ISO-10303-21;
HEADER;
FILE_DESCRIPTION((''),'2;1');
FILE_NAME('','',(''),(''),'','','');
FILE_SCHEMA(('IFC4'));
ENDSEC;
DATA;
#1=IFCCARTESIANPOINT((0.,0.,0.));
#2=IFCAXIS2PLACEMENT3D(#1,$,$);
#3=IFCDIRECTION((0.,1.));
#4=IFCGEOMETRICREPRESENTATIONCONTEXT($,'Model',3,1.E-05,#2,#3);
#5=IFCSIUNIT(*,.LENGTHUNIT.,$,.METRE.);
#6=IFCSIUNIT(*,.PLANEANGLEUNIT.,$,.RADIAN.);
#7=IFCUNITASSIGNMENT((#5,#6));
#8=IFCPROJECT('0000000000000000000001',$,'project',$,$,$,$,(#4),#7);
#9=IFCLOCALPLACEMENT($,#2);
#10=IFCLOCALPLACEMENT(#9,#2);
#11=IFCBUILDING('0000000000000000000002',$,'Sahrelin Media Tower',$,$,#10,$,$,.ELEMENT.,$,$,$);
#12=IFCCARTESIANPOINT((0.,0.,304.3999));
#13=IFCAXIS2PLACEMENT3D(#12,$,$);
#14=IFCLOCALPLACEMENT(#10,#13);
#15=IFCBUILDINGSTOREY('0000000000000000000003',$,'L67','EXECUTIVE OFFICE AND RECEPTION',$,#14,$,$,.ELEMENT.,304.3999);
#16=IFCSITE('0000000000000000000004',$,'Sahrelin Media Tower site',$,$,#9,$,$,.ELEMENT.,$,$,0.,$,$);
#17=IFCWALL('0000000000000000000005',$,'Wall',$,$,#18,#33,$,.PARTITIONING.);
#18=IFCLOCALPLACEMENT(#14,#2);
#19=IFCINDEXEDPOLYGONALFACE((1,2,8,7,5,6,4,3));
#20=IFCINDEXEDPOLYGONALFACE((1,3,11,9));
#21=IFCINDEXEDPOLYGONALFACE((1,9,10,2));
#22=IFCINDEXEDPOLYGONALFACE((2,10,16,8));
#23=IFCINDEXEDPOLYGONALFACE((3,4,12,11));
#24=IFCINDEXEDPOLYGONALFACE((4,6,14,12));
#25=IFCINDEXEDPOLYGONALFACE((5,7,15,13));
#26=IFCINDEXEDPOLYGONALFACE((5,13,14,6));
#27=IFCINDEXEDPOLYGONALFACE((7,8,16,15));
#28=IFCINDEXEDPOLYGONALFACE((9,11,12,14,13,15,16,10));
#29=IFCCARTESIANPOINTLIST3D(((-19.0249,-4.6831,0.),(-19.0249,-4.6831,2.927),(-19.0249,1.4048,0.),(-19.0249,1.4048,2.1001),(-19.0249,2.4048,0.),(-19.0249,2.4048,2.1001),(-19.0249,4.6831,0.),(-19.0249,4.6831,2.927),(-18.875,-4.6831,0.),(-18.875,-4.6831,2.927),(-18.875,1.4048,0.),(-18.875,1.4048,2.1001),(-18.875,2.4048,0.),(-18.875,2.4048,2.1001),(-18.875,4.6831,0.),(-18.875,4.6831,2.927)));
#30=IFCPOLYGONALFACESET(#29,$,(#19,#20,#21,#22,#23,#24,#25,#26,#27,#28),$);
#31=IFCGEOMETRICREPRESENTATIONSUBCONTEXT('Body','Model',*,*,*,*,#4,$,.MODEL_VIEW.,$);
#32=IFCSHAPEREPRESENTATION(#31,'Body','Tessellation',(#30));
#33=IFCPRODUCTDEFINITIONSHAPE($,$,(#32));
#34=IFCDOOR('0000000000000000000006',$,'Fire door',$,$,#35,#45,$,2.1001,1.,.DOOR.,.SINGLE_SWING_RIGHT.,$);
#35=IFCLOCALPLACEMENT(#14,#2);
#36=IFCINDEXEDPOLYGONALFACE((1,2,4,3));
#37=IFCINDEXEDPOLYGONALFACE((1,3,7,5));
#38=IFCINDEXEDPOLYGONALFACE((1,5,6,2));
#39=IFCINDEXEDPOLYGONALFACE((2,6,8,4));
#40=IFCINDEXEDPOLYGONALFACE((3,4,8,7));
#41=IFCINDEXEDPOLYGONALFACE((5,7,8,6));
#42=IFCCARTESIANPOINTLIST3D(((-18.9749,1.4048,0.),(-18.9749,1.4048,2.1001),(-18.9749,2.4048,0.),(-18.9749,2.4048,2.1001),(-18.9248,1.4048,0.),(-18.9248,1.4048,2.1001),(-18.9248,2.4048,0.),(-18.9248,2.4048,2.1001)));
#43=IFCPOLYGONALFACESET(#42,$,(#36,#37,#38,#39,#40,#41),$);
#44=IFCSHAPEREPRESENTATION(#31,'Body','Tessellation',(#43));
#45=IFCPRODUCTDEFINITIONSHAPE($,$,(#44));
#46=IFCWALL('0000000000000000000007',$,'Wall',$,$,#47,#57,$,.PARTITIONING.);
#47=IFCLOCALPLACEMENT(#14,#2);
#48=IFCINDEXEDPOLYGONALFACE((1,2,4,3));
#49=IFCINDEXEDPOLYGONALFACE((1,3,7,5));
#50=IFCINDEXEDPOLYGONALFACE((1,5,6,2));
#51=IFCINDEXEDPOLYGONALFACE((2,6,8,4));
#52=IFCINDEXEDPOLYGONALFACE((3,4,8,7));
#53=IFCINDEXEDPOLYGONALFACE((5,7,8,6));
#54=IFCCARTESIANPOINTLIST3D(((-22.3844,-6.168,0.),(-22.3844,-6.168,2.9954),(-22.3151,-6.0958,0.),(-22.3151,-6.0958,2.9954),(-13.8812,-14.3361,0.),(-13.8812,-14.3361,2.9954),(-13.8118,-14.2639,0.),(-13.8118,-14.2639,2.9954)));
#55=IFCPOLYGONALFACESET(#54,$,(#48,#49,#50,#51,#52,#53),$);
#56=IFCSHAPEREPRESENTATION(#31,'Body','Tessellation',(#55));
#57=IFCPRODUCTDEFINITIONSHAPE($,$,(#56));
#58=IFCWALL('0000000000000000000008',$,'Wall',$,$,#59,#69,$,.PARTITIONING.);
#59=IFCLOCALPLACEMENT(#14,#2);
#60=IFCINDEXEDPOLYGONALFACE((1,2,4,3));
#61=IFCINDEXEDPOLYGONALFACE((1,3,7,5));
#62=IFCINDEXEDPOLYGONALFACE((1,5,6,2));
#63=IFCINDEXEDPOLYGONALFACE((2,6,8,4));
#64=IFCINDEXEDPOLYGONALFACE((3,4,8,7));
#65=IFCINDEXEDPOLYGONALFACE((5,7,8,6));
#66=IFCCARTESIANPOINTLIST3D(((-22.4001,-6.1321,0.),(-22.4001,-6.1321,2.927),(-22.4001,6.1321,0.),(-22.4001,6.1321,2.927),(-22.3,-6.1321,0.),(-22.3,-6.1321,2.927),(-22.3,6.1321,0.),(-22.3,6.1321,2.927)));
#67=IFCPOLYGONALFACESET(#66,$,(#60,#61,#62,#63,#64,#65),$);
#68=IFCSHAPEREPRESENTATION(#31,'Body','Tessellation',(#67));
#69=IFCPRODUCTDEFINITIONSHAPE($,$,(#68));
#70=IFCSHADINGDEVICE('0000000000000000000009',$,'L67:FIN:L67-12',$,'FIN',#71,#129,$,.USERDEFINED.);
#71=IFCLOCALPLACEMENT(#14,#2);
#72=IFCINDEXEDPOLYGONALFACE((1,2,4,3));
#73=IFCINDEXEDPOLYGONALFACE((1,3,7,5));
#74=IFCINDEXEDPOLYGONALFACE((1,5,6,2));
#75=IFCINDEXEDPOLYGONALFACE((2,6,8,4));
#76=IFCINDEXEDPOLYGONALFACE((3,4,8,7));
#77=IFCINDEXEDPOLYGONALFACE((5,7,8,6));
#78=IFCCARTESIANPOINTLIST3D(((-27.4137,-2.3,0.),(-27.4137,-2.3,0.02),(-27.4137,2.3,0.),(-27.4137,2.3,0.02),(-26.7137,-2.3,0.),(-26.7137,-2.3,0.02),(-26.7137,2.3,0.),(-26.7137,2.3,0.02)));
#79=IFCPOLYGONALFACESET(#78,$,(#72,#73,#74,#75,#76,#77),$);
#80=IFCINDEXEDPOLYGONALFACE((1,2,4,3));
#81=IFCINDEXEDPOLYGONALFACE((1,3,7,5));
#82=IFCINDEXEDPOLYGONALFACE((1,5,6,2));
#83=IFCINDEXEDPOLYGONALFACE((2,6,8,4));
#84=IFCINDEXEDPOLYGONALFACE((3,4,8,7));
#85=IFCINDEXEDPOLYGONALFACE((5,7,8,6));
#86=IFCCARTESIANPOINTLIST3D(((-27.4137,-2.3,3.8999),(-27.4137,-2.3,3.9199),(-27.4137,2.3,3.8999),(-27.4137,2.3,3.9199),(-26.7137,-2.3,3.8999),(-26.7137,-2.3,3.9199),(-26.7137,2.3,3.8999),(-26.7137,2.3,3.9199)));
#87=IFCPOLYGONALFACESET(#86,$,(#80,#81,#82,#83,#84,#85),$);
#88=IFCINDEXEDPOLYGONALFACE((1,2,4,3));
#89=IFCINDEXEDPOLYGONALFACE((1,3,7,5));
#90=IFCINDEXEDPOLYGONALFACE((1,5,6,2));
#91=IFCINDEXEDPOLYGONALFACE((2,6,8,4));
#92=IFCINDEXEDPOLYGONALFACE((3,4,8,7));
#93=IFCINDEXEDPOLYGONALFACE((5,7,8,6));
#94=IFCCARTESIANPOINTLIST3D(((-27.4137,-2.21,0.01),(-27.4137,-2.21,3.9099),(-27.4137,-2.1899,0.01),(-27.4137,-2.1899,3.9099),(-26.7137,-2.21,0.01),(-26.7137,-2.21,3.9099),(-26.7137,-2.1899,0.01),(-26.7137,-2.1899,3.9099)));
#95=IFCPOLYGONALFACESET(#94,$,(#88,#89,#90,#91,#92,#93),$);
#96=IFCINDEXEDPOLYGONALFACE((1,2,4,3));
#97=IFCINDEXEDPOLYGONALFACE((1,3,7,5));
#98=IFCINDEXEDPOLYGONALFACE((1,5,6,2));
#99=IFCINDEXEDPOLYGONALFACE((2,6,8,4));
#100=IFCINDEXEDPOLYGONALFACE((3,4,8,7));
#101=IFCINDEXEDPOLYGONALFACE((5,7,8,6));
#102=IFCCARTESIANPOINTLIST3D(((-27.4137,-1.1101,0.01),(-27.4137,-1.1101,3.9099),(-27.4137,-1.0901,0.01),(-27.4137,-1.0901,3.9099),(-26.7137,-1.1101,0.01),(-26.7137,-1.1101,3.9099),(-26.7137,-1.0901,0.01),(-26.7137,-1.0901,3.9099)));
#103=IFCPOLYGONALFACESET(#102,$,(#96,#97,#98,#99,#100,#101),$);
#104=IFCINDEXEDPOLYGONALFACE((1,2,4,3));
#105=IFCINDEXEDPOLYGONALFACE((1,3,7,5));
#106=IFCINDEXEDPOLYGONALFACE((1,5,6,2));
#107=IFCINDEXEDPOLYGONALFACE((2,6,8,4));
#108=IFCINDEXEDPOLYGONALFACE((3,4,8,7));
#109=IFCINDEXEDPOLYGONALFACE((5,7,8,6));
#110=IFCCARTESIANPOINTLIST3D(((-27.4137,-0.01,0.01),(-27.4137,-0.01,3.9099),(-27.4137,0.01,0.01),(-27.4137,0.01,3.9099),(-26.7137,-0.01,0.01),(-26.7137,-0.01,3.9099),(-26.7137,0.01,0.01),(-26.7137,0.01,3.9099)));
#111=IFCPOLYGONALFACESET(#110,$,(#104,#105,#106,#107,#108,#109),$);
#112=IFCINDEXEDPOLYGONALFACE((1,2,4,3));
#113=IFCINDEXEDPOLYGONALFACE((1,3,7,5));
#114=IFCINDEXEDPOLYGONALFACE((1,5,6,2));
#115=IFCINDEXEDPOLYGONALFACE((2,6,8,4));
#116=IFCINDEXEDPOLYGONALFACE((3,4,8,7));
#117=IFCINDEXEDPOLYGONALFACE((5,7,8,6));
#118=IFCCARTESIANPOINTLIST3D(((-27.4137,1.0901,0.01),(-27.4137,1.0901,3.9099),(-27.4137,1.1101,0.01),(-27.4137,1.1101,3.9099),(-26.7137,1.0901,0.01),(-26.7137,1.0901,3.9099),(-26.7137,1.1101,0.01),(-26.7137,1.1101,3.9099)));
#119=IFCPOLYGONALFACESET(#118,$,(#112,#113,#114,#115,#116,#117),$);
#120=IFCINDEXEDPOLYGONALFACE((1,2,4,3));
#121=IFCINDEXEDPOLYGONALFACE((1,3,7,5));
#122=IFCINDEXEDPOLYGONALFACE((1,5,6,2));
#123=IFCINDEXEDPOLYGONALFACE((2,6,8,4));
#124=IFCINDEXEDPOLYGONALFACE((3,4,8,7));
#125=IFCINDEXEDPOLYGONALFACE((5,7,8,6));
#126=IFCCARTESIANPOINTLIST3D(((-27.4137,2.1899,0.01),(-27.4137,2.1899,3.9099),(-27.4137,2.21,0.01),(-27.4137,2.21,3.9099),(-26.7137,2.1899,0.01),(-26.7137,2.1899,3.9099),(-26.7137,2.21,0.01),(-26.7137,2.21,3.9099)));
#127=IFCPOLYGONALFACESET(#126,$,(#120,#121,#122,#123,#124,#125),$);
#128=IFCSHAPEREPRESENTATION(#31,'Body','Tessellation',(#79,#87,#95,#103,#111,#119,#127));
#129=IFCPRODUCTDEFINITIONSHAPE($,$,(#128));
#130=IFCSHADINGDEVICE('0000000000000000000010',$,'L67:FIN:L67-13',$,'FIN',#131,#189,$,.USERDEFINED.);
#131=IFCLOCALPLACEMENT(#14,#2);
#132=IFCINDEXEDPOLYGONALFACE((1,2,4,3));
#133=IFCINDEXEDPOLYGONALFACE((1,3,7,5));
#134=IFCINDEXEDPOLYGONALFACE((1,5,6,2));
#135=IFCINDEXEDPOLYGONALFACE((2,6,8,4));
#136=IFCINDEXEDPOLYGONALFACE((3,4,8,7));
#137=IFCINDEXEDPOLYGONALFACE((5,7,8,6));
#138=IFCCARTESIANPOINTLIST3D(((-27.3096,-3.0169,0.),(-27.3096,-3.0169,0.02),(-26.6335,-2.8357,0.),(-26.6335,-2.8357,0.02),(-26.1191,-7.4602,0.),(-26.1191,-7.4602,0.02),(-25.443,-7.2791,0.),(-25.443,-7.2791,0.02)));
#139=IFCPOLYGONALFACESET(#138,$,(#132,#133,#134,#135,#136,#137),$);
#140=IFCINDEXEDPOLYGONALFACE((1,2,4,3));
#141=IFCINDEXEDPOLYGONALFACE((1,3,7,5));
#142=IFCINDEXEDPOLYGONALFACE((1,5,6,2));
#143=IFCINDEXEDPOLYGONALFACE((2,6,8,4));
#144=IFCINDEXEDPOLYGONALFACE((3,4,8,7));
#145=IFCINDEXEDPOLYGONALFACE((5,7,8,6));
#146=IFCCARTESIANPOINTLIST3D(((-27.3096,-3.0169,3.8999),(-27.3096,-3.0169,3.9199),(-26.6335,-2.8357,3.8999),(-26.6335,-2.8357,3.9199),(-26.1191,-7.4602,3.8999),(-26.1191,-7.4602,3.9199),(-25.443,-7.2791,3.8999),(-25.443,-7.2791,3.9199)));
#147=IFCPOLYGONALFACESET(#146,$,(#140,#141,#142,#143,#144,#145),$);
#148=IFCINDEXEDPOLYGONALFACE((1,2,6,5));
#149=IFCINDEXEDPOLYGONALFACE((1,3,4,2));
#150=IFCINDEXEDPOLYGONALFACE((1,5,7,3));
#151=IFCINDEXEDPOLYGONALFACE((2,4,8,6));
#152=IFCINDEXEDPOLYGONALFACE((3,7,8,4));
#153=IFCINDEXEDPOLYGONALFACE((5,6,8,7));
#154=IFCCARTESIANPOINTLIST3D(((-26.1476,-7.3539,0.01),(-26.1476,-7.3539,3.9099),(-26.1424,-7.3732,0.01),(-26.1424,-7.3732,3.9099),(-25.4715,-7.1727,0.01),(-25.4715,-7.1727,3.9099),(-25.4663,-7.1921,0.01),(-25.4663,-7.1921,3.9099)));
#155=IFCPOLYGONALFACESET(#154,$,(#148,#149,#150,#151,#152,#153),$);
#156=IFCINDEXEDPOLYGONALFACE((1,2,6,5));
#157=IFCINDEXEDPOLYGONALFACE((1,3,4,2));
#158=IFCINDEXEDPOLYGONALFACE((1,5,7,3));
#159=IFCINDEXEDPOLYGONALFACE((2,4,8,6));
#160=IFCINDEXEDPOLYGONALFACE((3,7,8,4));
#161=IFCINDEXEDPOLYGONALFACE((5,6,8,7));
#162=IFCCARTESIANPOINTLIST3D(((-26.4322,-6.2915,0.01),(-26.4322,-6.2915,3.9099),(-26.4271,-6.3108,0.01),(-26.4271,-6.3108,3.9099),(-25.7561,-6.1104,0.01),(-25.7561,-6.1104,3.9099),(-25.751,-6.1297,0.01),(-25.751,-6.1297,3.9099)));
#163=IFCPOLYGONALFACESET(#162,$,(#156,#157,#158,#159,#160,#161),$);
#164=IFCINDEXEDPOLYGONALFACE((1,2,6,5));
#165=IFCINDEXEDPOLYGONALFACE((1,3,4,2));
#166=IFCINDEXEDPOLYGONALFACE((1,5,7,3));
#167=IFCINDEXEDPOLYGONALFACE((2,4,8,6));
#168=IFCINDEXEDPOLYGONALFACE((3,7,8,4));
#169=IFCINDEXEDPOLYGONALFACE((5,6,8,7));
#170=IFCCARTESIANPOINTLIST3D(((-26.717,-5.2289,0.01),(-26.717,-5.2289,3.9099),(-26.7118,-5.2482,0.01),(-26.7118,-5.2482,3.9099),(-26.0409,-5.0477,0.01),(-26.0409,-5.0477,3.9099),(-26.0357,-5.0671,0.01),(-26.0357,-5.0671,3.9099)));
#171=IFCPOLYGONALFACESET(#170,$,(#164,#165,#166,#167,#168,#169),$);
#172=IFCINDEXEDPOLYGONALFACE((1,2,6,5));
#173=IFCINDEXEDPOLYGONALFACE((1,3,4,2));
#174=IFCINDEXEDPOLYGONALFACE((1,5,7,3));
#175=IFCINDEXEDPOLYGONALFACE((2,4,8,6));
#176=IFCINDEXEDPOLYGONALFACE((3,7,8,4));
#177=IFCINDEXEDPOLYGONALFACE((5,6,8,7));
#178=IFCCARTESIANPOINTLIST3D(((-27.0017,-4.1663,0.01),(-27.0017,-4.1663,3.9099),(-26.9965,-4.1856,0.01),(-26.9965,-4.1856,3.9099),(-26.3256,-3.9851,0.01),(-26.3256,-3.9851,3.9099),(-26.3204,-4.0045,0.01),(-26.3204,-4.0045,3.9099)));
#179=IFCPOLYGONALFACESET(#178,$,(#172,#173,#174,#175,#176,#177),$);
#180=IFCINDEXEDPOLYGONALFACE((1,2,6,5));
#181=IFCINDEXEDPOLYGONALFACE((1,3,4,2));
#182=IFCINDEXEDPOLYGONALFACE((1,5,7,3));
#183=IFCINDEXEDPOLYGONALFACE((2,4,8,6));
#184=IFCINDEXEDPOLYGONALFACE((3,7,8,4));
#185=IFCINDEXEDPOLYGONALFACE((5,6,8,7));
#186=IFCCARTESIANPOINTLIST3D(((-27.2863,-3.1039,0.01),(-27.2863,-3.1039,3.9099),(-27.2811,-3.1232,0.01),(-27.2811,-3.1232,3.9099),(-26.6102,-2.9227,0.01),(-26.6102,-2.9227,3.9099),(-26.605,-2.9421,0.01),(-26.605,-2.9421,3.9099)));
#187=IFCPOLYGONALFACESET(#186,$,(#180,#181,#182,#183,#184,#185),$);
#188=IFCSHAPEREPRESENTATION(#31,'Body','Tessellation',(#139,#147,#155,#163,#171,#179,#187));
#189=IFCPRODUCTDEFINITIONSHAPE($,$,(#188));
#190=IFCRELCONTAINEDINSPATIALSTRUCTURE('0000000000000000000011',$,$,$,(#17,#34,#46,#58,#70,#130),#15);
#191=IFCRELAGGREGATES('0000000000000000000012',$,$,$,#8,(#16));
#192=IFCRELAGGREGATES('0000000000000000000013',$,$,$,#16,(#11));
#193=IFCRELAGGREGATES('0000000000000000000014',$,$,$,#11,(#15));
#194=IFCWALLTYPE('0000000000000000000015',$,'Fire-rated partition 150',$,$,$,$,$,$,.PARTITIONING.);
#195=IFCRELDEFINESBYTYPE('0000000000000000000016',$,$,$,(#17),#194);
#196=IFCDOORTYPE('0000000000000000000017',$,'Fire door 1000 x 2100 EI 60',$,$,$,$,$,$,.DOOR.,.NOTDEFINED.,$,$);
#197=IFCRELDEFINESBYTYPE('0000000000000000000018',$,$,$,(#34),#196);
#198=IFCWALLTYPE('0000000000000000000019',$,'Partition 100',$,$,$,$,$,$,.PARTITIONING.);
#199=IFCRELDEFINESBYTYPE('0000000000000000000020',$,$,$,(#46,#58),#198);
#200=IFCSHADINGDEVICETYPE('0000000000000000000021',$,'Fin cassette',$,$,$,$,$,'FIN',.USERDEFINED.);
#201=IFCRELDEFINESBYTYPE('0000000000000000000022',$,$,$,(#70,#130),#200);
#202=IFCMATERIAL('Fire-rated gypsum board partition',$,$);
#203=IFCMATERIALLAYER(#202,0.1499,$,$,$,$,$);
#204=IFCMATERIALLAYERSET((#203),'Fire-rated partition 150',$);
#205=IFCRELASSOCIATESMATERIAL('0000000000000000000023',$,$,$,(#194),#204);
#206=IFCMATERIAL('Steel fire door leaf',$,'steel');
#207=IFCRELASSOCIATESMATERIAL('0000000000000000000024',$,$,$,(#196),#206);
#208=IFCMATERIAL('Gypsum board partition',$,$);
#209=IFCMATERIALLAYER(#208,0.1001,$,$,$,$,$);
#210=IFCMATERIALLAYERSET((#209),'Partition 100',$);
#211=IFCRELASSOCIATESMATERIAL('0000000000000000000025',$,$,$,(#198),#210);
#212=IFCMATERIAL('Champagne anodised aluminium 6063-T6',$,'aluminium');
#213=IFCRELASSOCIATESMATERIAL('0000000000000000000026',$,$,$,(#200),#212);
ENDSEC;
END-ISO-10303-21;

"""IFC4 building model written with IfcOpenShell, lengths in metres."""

from ifc_helpers import new_model, si_unit, direction, frame, frame_2d, origin, origin_2d, place, context, subcontext, project, spatial, rectangle, extrude, material, layer, layer_set, type_object, element, fill, save


model = new_model("IFC4")

# Units and contexts
model_context = context("Model", 3, precision=1e-05, world=origin(), true_north=direction((0.0, 1.0)))
body_context = subcontext(model_context, "Body", "Model", "MODEL_VIEW")
ifc_project = project(units=[si_unit("LENGTHUNIT", "METRE"), si_unit("PLANEANGLEUNIT", "RADIAN")], contexts=[model_context])

# Site, building, storey
site_placement = place(None, origin())
site = spatial("IfcSite", under=ifc_project, at=site_placement, Name="Sahrelin Media Tower site", CompositionType="ELEMENT", RefElevation=0.0)
building_placement = place(site_placement, origin())
building = spatial("IfcBuilding", under=site, at=building_placement, Name="Sahrelin Media Tower", CompositionType="ELEMENT")
storey_placement = place(building_placement, frame((0.0, 0.0, 304.3999)))
storey = spatial("IfcBuildingStorey", under=building, at=storey_placement, Name="L67", Description="EXECUTIVE OFFICE AND RECEPTION", CompositionType="ELEMENT", Elevation=304.3999)

# Shared definitions
ifc_material_1 = material(Name="Champagne anodised aluminium 6063-T6", Category="aluminium")

# Shared definitions
ifc_material_2 = material(Name="Fire-rated gypsum board partition")
ifc_layer_1 = layer(ifc_material_2, 0.1499)
ifc_layer_set_1 = layer_set([ifc_layer_1], Name="Fire-rated partition 150")
wall_type_1 = type_object("IfcWallType", Name="Fire-rated partition 150", PredefinedType="PARTITIONING", material=ifc_layer_set_1)

# Shared definitions
ifc_material_3 = material(Name="Steel fire door leaf", Category="steel")
door_type = type_object("IfcDoorType", Name="Fire door 1000 x 2100 EI 60", OperationType="NOTDEFINED", PredefinedType="DOOR", material=ifc_material_3)

# Wall, opening, door
wall_1_placement = place(storey_placement, frame((-18.95, -4.6831, 0.0), z_axis=(0.0, 0.0, 1.0), x_axis=(0.0, 1.0, 0.0)))
wall_1 = element("IfcWall", 1, at=wall_1_placement, inside=storey, type_object=wall_type_1, Name="Wall", PredefinedType="PARTITIONING", context=body_context, shape_type="SweptSolid", body=[
    extrude(rectangle(XDim=9.3662, YDim=0.1499, at=frame_2d((4.6831, 0.0))), origin(), (0.0, 0.0, 1.0), 2.927),
])
opening_1_placement = place(wall_1_placement, frame((6.0879, 0.0, 0.0)))
opening_1 = element("IfcOpeningElement", 2, at=opening_1_placement, cuts=wall_1, PredefinedType="OPENING", context=body_context, shape_type="SweptSolid", body=[
    extrude(rectangle(XDim=1.0, YDim=2.1001, at=frame_2d((0.5, 1.05))), frame((0.0, 0.075, 0.0), z_axis=(0.0, -1.0, 0.0), x_axis=(1.0, 0.0, 0.0)), (0.0, 0.0, 1.0), 0.1499),
])
door_1_placement = place(opening_1_placement, origin())
door_1 = element("IfcDoor", 3, at=door_1_placement, inside=storey, type_object=door_type, Name="Fire door", OperationType="SINGLE_SWING_RIGHT", OverallHeight=2.1001, OverallWidth=1.0, PredefinedType="DOOR", context=body_context, shape_type="SweptSolid", body=[
    extrude(rectangle(XDim=1.0, YDim=2.1001, at=frame_2d((0.5, 1.05))), frame((0.0, 0.0249, 0.0), z_axis=(0.0, -1.0, 0.0), x_axis=(1.0, 0.0, 0.0)), (0.0, 0.0, 1.0), 0.05),
])
fill(opening_1, door_1)

# Walls
ifc_material_4 = material(Name="Gypsum board partition")
ifc_layer_2 = layer(ifc_material_4, 0.1001)
ifc_layer_set_2 = layer_set([ifc_layer_2], Name="Partition 100")
wall_type_2 = type_object("IfcWallType", Name="Partition 100", PredefinedType="PARTITIONING", material=ifc_layer_set_2)
wall_2_placement = place(storey_placement, frame((-22.3499, -6.1318, 0.0), z_axis=(0.0, 0.0, 1.0), x_axis=(0.721179, -0.692749, 0.0)))
element("IfcWall", 4, at=wall_2_placement, inside=storey, type_object=wall_type_2, Name="Wall", PredefinedType="PARTITIONING", context=body_context, shape_type="SweptSolid", body=[
    extrude(rectangle(XDim=11.7908, YDim=0.1001, at=frame_2d((5.8955, 0.0))), origin(), (0.0, 0.0, 1.0), 2.9954),
])
wall_3_placement = place(storey_placement, frame((-22.3501, -6.1321, 0.0), z_axis=(0.0, 0.0, 1.0), x_axis=(0.0, 1.0, 0.0)))
element("IfcWall", 5, at=wall_3_placement, inside=storey, type_object=wall_type_2, Name="Wall", PredefinedType="PARTITIONING", context=body_context, shape_type="SweptSolid", body=[
    extrude(rectangle(XDim=12.2642, YDim=0.1001, at=frame_2d((6.1321, 0.0))), origin(), (0.0, 0.0, 1.0), 2.927),
])

# Shading devices
shading_device_type_1 = type_object("IfcShadingDeviceType", Name="Fin cassette", ElementType="FIN", PredefinedType="USERDEFINED", material=ifc_material_1)
placement_1 = place(storey_placement, frame((-26.6438, 0.0, 0.0), z_axis=(0.0, 0.0, 1.0), x_axis=(0.0, 1.0, 0.0)))
element("IfcShadingDevice", 6, at=placement_1, inside=storey, type_object=shading_device_type_1, Name="L67:FIN:L67-12", ObjectType="FIN", PredefinedType="USERDEFINED", context=body_context, shape_type="SweptSolid", body=[
    extrude(rectangle(XDim=4.6001, YDim=0.7, at=origin_2d()), frame((0.0, 0.4199, 0.0)), (0.0, 0.0, 1.0), 0.02),
    extrude(rectangle(XDim=4.6001, YDim=0.7, at=origin_2d()), frame((0.0, 0.4199, 3.8999)), (0.0, 0.0, 1.0), 0.02),
    extrude(rectangle(XDim=0.02, YDim=0.7, at=origin_2d()), frame((-2.2, 0.4199, 0.01), z_axis=(0.0, 0.0, 1.0), x_axis=(1.0, 0.0, 0.0)), (0.0, 0.0, 1.0), 3.8999),
    extrude(rectangle(XDim=0.02, YDim=0.7, at=origin_2d()), frame((-1.1001, 0.4199, 0.01), z_axis=(0.0, 0.0, 1.0), x_axis=(1.0, 0.0, 0.0)), (0.0, 0.0, 1.0), 3.8999),
    extrude(rectangle(XDim=0.02, YDim=0.7, at=origin_2d()), frame((0.0, 0.4199, 0.01), z_axis=(0.0, 0.0, 1.0), x_axis=(1.0, 0.0, 0.0)), (0.0, 0.0, 1.0), 3.8999),
    extrude(rectangle(XDim=0.02, YDim=0.7, at=origin_2d()), frame((1.1001, 0.4199, 0.01), z_axis=(0.0, 0.0, 1.0), x_axis=(1.0, 0.0, 0.0)), (0.0, 0.0, 1.0), 3.8999),
    extrude(rectangle(XDim=0.02, YDim=0.7, at=origin_2d()), frame((2.2, 0.4199, 0.01), z_axis=(0.0, 0.0, 1.0), x_axis=(1.0, 0.0, 0.0)), (0.0, 0.0, 1.0), 3.8999),
])
placement_2 = place(storey_placement, frame((-25.9707, -5.0393, 0.0), z_axis=(0.0, 0.0, 1.0), x_axis=(-0.258808, 0.965929, 0.0)))
element("IfcShadingDevice", 7, at=placement_2, inside=storey, type_object=shading_device_type_1, Name="L67:FIN:L67-13", ObjectType="FIN", PredefinedType="USERDEFINED", context=body_context, shape_type="SweptSolid", body=[
    extrude(rectangle(XDim=4.6001, YDim=0.7, at=origin_2d()), frame((0.0, 0.4199, 0.0)), (0.0, 0.0, 1.0), 0.02),
    extrude(rectangle(XDim=4.6001, YDim=0.7, at=origin_2d()), frame((0.0, 0.4199, 3.8999)), (0.0, 0.0, 1.0), 0.02),
    extrude(rectangle(XDim=0.02, YDim=0.7, at=origin_2d()), frame((-2.2, 0.4199, 0.01), z_axis=(0.0, 0.0, 1.0), x_axis=(1.0, 0.0, 0.0)), (0.0, 0.0, 1.0), 3.8999),
    extrude(rectangle(XDim=0.02, YDim=0.7, at=origin_2d()), frame((-1.1001, 0.4199, 0.01), z_axis=(0.0, 0.0, 1.0), x_axis=(1.0, 0.0, 0.0)), (0.0, 0.0, 1.0), 3.8999),
    extrude(rectangle(XDim=0.02, YDim=0.7, at=origin_2d()), frame((0.0, 0.4199, 0.01), z_axis=(0.0, 0.0, 1.0), x_axis=(1.0, 0.0, 0.0)), (0.0, 0.0, 1.0), 3.8999),
    extrude(rectangle(XDim=0.02, YDim=0.7, at=origin_2d()), frame((1.1001, 0.4199, 0.01), z_axis=(0.0, 0.0, 1.0), x_axis=(1.0, 0.0, 0.0)), (0.0, 0.0, 1.0), 3.8999),
    extrude(rectangle(XDim=0.02, YDim=0.7, at=origin_2d()), frame((2.2, 0.4199, 0.01), z_axis=(0.0, 0.0, 1.0), x_axis=(1.0, 0.0, 0.0)), (0.0, 0.0, 1.0), 3.8999),
])

save(model, "model.ifc")
